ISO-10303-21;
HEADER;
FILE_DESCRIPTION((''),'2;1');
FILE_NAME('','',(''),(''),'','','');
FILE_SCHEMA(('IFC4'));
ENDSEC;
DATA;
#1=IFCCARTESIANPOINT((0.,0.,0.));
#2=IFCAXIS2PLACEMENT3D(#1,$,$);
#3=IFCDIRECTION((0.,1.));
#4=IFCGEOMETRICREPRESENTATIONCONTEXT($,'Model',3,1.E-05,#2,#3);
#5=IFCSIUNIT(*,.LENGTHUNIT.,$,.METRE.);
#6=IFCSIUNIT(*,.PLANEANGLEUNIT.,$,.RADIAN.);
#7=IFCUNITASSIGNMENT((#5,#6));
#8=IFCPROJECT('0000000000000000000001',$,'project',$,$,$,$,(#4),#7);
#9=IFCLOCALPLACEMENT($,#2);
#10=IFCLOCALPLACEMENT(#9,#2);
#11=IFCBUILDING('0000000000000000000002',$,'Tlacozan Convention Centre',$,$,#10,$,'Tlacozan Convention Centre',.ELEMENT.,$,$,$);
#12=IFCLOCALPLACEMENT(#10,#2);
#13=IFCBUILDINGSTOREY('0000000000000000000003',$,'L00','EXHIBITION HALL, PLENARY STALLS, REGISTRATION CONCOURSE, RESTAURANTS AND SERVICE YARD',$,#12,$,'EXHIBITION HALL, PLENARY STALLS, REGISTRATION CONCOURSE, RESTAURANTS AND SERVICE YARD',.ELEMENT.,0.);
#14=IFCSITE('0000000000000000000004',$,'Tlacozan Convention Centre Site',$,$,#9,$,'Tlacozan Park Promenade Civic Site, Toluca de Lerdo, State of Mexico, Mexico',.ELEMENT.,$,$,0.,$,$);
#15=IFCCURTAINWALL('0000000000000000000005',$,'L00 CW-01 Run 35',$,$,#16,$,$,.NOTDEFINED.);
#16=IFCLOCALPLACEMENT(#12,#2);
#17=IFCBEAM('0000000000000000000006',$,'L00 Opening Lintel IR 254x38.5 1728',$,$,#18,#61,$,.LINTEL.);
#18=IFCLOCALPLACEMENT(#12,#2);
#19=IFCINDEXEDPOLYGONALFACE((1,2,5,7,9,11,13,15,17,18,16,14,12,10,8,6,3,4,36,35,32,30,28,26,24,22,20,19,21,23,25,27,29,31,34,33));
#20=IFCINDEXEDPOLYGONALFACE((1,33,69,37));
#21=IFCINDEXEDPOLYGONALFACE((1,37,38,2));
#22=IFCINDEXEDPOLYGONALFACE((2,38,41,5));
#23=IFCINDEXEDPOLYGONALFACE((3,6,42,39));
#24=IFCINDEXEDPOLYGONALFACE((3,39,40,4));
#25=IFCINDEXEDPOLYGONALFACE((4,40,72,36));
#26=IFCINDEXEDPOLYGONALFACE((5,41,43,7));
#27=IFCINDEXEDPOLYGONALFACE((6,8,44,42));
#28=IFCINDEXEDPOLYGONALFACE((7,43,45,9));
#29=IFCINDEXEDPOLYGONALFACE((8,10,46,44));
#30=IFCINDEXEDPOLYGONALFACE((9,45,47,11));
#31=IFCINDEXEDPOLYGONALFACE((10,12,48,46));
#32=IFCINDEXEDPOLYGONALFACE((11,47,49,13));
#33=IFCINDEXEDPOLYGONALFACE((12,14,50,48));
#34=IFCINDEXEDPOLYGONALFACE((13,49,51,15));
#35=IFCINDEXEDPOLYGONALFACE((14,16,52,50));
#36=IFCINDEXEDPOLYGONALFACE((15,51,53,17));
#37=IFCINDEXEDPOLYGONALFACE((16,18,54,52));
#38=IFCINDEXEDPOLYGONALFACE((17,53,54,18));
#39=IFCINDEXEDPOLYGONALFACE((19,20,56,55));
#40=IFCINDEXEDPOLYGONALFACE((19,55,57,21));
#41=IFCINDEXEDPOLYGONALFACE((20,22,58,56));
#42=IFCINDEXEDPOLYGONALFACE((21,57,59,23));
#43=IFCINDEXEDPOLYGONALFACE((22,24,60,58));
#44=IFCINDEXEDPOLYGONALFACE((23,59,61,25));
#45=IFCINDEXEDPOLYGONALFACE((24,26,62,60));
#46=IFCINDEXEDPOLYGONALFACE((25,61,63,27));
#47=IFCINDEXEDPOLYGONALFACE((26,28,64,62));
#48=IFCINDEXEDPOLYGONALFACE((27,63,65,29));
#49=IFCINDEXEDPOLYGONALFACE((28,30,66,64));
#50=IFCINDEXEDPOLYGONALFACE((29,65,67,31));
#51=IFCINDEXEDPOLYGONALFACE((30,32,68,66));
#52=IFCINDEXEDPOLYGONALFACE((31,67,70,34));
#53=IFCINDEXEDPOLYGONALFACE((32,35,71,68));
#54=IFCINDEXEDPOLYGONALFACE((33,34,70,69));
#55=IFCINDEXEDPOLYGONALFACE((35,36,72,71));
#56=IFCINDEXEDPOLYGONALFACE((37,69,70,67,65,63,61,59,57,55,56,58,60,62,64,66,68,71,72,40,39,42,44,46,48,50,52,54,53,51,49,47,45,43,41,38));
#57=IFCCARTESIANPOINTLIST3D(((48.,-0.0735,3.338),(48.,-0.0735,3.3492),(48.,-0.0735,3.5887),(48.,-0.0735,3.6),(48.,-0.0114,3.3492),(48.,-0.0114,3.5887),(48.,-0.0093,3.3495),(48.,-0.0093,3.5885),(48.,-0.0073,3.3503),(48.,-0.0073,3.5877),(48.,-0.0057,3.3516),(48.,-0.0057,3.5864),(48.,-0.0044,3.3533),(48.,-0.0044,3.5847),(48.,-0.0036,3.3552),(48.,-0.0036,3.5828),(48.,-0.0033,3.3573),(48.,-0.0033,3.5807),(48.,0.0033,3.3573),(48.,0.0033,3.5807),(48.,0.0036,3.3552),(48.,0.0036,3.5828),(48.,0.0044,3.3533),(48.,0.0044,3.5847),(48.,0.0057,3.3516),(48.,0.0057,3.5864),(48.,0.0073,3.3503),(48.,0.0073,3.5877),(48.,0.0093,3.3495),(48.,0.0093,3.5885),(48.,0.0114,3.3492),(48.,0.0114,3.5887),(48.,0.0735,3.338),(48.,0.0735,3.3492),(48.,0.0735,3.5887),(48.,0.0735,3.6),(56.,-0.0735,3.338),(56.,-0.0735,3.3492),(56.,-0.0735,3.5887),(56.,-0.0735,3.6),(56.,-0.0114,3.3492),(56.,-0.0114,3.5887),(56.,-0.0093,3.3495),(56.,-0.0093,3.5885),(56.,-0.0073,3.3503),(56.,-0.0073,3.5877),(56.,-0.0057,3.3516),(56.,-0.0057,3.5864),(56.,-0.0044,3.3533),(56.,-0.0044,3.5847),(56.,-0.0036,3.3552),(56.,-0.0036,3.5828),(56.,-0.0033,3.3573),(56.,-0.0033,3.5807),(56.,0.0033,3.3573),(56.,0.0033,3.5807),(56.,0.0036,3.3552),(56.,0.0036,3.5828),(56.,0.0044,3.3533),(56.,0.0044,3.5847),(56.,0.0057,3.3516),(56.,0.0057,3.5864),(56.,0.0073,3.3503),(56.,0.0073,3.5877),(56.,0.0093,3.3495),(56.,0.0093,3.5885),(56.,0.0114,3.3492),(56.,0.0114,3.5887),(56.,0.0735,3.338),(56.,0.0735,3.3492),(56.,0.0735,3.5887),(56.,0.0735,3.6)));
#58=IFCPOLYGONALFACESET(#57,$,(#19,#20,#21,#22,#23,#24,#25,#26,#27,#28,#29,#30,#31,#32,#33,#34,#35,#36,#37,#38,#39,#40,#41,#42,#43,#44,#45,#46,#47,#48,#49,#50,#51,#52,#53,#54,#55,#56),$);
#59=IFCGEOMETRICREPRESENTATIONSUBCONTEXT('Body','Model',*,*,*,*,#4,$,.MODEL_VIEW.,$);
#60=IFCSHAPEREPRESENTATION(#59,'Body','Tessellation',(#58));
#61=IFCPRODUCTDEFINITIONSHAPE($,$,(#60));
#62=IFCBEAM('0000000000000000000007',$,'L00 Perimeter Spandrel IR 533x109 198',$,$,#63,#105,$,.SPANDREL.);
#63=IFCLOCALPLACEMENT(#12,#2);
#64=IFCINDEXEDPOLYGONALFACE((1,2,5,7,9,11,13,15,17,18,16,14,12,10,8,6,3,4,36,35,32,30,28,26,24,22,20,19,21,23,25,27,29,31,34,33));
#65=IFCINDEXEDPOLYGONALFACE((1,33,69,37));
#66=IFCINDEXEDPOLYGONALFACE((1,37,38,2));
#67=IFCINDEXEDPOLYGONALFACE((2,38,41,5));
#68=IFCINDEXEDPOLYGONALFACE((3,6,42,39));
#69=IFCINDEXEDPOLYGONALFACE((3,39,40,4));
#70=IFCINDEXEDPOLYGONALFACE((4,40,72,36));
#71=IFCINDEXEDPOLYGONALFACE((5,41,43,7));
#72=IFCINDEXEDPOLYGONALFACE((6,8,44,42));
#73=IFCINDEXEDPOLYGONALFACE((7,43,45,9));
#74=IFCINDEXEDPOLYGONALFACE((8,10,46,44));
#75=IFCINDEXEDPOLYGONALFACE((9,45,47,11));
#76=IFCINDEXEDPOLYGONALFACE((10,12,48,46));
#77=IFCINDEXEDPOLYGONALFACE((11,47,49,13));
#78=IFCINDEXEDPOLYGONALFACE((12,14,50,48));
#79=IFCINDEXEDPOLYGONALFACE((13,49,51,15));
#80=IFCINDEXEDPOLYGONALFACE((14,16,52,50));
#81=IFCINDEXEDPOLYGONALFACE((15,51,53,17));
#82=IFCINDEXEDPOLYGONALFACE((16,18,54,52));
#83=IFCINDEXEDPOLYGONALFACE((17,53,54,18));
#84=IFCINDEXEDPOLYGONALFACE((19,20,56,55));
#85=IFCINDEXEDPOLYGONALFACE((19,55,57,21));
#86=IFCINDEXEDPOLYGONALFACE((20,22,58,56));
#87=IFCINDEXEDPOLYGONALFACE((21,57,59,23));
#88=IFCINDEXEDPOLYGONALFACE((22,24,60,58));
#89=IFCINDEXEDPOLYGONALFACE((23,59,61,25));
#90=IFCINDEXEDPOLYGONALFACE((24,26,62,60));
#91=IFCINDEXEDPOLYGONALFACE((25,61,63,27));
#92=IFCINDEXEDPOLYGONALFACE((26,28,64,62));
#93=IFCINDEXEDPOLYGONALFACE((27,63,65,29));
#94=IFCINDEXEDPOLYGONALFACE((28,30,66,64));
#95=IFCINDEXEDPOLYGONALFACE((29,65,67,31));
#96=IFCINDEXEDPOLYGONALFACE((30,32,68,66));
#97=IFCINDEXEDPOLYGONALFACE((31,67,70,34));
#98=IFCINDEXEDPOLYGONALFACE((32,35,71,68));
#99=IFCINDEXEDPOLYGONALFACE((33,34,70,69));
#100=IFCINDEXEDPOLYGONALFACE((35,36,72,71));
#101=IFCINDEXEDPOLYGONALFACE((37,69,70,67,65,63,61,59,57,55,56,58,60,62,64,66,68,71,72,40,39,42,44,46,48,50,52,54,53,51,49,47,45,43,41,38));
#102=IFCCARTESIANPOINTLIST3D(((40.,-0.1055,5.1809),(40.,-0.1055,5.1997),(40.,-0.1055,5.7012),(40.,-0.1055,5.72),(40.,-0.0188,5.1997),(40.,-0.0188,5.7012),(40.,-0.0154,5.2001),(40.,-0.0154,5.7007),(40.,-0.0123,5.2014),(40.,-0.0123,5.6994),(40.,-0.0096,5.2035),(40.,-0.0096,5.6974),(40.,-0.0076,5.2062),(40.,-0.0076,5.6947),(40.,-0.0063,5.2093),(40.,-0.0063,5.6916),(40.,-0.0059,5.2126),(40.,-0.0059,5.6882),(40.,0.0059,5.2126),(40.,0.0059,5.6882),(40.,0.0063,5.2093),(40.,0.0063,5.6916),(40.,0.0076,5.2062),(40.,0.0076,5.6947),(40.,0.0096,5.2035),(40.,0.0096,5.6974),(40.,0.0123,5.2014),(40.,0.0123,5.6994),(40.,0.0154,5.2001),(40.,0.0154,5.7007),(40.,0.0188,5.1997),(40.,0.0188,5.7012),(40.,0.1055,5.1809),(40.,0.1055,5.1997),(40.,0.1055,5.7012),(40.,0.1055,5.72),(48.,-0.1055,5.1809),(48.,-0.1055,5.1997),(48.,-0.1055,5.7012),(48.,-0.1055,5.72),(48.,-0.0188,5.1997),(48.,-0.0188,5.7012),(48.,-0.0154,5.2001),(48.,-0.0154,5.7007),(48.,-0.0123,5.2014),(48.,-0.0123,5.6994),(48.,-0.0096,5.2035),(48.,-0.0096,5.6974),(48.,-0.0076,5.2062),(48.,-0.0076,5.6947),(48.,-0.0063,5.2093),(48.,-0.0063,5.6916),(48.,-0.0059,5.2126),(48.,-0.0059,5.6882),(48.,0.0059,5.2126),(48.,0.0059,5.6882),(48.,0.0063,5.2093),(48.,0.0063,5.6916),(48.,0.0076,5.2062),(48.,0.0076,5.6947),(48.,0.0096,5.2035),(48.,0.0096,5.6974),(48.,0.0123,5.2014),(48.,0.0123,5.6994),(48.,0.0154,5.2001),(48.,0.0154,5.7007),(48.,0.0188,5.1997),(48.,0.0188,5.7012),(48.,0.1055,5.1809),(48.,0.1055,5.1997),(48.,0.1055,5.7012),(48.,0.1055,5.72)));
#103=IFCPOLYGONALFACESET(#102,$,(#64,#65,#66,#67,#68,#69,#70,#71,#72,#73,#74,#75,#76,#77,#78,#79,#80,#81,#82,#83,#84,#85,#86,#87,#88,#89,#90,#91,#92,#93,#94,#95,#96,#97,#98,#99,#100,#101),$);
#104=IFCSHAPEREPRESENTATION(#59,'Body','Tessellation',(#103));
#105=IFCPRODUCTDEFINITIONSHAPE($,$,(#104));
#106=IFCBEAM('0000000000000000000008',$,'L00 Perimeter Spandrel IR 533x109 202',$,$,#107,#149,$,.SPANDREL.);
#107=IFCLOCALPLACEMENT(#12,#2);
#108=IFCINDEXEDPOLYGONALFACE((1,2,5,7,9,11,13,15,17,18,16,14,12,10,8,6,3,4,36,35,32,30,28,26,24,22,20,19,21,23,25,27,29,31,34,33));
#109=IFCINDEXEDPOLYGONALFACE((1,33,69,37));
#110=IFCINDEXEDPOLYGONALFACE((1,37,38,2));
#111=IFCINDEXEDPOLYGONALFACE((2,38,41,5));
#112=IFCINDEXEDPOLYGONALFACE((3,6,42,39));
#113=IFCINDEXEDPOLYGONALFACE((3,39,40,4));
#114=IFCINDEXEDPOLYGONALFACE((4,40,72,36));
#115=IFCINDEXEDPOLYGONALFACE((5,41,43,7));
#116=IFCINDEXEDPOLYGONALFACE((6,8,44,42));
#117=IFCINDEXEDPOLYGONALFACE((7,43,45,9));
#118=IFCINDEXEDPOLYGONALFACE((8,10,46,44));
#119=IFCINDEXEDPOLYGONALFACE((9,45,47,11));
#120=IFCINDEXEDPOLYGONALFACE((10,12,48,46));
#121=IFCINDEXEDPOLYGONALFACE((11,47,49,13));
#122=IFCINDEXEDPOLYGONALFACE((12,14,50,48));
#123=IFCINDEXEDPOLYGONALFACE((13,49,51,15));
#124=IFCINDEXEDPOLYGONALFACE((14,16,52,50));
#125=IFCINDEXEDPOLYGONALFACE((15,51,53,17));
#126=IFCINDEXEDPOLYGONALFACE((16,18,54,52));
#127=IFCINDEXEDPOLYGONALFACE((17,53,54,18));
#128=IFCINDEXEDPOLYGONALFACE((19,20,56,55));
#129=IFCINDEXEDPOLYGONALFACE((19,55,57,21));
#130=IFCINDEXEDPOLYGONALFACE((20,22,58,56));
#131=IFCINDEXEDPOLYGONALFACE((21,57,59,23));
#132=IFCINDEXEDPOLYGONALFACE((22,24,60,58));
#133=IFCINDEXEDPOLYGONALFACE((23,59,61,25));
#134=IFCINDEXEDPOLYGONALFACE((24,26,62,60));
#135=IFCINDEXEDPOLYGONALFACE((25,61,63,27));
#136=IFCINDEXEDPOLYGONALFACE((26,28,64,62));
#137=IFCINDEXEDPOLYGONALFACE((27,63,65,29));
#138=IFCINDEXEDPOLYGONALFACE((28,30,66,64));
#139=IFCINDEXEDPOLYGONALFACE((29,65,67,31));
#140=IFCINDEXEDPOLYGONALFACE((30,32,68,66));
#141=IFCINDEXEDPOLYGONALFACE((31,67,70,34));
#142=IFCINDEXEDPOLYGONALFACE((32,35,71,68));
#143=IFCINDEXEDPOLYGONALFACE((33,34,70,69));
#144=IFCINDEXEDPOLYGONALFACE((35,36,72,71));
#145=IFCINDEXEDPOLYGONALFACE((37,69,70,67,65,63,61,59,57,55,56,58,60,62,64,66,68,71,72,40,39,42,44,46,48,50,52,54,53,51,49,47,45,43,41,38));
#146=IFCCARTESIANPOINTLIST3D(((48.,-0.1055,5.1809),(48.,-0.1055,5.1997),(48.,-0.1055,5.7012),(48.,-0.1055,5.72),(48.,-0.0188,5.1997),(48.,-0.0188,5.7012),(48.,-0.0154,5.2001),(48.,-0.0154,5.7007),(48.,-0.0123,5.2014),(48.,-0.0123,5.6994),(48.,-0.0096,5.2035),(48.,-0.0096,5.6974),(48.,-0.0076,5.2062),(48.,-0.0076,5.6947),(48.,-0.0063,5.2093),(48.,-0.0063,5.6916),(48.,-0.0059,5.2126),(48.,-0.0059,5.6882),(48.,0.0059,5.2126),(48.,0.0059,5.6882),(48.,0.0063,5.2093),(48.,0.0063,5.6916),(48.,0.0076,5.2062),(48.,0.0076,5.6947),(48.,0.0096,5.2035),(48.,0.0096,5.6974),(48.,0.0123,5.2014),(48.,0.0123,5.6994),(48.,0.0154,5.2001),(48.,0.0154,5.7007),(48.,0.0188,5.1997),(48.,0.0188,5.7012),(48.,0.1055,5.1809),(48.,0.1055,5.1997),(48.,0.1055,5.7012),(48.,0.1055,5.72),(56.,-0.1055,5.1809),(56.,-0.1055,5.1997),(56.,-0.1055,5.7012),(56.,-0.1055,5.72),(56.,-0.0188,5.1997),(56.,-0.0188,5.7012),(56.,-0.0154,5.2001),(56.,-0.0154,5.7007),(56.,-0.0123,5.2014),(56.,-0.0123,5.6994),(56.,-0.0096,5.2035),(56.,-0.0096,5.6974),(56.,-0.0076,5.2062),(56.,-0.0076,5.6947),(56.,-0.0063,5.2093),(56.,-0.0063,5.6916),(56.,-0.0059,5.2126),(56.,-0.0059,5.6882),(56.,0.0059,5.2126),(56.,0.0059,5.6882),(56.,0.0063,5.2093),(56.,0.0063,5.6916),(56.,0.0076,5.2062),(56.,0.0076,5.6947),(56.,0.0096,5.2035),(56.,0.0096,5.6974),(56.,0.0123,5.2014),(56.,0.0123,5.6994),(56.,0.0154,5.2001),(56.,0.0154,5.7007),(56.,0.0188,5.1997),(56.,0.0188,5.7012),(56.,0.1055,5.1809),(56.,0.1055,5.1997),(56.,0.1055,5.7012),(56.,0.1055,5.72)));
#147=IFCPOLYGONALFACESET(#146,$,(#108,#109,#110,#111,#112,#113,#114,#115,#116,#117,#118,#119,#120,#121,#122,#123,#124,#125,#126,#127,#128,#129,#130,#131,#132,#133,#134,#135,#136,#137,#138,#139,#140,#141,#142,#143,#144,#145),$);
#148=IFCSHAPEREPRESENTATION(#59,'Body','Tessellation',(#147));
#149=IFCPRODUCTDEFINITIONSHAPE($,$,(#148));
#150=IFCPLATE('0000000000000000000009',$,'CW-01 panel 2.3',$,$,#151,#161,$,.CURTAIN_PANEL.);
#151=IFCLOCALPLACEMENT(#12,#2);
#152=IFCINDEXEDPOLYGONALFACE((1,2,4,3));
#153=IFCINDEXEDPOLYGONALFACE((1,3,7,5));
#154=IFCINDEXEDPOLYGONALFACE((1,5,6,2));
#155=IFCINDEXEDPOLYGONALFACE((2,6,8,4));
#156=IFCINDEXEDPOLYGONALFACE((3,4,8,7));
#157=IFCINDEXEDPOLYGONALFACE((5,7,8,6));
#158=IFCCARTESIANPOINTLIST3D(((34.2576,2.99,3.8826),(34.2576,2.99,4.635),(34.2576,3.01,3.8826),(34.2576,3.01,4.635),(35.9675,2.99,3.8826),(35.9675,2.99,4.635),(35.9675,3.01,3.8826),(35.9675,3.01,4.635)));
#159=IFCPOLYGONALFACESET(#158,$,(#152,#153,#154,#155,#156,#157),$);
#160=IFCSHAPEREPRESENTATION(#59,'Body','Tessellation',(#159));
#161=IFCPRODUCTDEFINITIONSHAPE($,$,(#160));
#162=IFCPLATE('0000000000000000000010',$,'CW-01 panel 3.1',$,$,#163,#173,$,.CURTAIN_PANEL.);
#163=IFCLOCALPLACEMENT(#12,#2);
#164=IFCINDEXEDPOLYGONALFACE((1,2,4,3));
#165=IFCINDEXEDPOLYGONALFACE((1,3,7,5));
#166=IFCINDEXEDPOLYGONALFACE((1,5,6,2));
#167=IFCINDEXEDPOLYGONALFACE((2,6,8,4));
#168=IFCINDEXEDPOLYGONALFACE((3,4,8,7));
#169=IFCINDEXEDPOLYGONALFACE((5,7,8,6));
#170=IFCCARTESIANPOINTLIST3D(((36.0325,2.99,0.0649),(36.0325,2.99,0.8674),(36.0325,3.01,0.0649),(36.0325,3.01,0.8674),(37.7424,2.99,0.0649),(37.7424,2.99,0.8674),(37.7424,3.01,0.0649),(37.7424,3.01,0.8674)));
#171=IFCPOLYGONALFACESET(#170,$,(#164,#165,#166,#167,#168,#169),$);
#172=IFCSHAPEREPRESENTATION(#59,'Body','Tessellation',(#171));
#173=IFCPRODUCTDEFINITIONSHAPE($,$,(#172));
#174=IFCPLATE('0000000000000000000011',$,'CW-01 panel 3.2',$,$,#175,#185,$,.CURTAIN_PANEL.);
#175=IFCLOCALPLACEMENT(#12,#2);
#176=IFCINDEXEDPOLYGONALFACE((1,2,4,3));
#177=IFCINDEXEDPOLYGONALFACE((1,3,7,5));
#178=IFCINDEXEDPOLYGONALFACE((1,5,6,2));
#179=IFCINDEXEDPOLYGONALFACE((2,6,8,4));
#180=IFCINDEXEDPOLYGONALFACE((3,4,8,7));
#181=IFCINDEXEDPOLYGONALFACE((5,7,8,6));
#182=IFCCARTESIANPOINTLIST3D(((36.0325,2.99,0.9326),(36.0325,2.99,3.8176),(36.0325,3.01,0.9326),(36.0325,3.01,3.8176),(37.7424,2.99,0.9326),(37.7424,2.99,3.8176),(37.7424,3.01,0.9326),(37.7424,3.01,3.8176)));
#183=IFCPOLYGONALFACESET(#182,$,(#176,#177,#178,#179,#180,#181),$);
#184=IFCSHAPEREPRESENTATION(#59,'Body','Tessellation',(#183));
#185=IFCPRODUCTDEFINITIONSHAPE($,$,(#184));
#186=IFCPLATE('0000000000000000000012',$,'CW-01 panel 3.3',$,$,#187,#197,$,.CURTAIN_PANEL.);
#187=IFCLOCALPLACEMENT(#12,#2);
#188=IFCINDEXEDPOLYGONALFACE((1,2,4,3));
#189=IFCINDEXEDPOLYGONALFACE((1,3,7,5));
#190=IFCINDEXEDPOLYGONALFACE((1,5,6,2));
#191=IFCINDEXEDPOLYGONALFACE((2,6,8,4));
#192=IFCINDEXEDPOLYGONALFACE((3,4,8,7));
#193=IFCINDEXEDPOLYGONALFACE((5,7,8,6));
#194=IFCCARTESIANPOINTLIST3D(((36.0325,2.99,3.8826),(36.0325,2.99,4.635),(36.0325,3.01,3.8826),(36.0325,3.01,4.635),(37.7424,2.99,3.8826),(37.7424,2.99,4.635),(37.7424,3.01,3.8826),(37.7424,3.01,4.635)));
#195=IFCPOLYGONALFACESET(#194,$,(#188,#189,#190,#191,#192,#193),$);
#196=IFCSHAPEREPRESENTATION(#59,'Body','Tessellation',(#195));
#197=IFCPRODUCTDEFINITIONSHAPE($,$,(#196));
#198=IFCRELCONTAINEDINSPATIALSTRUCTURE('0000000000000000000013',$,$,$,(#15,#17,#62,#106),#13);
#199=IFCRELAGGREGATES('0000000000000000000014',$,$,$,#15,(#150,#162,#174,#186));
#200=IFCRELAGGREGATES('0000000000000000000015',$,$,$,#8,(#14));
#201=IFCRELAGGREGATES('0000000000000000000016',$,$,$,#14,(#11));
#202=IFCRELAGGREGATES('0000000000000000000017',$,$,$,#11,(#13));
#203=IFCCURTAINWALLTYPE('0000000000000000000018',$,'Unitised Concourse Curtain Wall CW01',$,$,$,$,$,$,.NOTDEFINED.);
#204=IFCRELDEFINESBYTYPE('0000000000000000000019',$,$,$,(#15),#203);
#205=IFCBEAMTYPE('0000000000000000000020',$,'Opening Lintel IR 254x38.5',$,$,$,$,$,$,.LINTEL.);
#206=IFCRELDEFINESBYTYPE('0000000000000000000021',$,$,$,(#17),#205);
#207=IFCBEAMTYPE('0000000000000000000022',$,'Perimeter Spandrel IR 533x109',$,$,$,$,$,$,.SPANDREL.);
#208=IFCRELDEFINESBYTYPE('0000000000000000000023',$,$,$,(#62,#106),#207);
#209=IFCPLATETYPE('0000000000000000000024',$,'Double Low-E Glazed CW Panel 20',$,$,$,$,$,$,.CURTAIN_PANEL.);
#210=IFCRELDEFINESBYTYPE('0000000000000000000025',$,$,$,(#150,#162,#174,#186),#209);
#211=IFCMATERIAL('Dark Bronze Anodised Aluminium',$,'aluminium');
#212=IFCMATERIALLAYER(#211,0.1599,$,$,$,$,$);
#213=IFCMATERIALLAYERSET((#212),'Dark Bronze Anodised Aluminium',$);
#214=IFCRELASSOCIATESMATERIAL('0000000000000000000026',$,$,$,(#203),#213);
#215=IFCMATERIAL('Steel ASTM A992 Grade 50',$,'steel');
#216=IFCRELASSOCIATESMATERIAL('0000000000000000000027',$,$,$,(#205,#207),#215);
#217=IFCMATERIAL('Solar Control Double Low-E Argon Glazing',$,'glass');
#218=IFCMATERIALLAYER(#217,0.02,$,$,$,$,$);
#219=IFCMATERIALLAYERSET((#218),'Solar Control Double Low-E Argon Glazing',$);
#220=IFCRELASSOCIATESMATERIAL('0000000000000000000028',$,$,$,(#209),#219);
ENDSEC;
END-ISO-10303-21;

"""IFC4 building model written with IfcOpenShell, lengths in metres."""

from ifc_helpers import new_model, si_unit, direction, frame, origin, origin_2d, place, context, subcontext, project, spatial, rectangle, i_section, extrude, material, layer, layer_set, material_profile, profile_set, type_object, element, aggregate, save


model = new_model("IFC4")

# Units and contexts
model_context = context("Model", 3, precision=1e-05, world=origin(), true_north=direction((0.0, 1.0)))
body_context = subcontext(model_context, "Body", "Model", "MODEL_VIEW")
ifc_project = project(units=[si_unit("LENGTHUNIT", "METRE"), si_unit("PLANEANGLEUNIT", "RADIAN")], contexts=[model_context])

# Site, building, storey
site_placement = place(None, origin())
site = spatial("IfcSite", under=ifc_project, at=site_placement, Name="Tlacozan Convention Centre Site", LongName="Tlacozan Park Promenade Civic Site, Toluca de Lerdo, State of Mexico, Mexico", CompositionType="ELEMENT", RefElevation=0.0)
building_placement = place(site_placement, origin())
building = spatial("IfcBuilding", under=site, at=building_placement, Name="Tlacozan Convention Centre", LongName="Tlacozan Convention Centre", CompositionType="ELEMENT")
storey_placement = place(building_placement, origin())
storey = spatial("IfcBuildingStorey", under=building, at=storey_placement, Name="L00", Description="EXHIBITION HALL, PLENARY STALLS, REGISTRATION CONCOURSE, RESTAURANTS AND SERVICE YARD", LongName="EXHIBITION HALL, PLENARY STALLS, REGISTRATION CONCOURSE, RESTAURANTS AND SERVICE YARD", CompositionType="ELEMENT", Elevation=0.0)

# Curtain wall
ifc_material_1 = material(Name="Dark Bronze Anodised Aluminium", Category="aluminium")
ifc_layer_1 = layer(ifc_material_1, 0.1599)
ifc_layer_set_1 = layer_set([ifc_layer_1], Name="Dark Bronze Anodised Aluminium")
curtain_wall_type = type_object("IfcCurtainWallType", Name="Unitised Concourse Curtain Wall CW01", PredefinedType="NOTDEFINED", material=ifc_layer_set_1)
curtain_wall_placement = place(storey_placement, origin())
curtain_wall = element("IfcCurtainWall", 1, at=curtain_wall_placement, inside=storey, type_object=curtain_wall_type, Name="L00 CW-01 Run 35", PredefinedType="NOTDEFINED")

# Beams
ifc_material_2 = material(Name="Steel ASTM A992 Grade 50", Category="steel")
ifc_material_profile_1 = material_profile(ifc_material_2, i_section(OverallWidth=0.147, OverallDepth=0.262, WebThickness=0.0066, FlangeThickness=0.0112, FilletRadius=0.0081, at=origin_2d()), Name="IR 254x38.5")
ifc_profile_set_1 = profile_set([ifc_material_profile_1], Name="Steel ASTM A992 Grade 50")
beam_type_1 = type_object("IfcBeamType", Name="Opening Lintel IR 254x38.5", PredefinedType="LINTEL", material=ifc_profile_set_1)
beam_1_placement = place(storey_placement, frame((48.0, 0.0, 3.469), z_axis=(1.0, 0.0, 0.0), x_axis=(0.0, 1.0, 0.0)))
element("IfcBeam", 2, at=beam_1_placement, inside=storey, type_object=beam_type_1, Name="L00 Opening Lintel IR 254x38.5 1728", PredefinedType="LINTEL", context=body_context, shape_type="SweptSolid", body=[
    extrude(i_section(OverallWidth=0.147, OverallDepth=0.262, WebThickness=0.0066, FlangeThickness=0.0112, FilletRadius=0.0081, at=origin_2d()), origin(), (0.0, 0.0, 1.0), 8.0),
])
ifc_material_profile_2 = material_profile(ifc_material_2, i_section(OverallWidth=0.2109, OverallDepth=0.5391, WebThickness=0.0117, FlangeThickness=0.0188, FilletRadius=0.0129, at=origin_2d()), Name="IR 533x109.0")
ifc_profile_set_2 = profile_set([ifc_material_profile_2], Name="Steel ASTM A992 Grade 50")
beam_type_2 = type_object("IfcBeamType", Name="Perimeter Spandrel IR 533x109", PredefinedType="SPANDREL", material=ifc_profile_set_2)
for number, where, z_axis, x_axis, name in (
    (3, (40.0, 0.0, 5.4504), (1.0, 0.0, 0.0), (0.0, 1.0, 0.0), "L00 Perimeter Spandrel IR 533x109 198"),
    (4, (48.0, 0.0, 5.4504), (1.0, 0.0, 0.0), (0.0, 1.0, 0.0), "L00 Perimeter Spandrel IR 533x109 202"),
):
    element("IfcBeam", number, at=place(storey_placement, frame(where, z_axis=z_axis, x_axis=x_axis)), inside=storey, type_object=beam_type_2, Name=name, PredefinedType="SPANDREL", context=body_context, shape_type="SweptSolid", body=[
        extrude(i_section(OverallWidth=0.2109, OverallDepth=0.5391, WebThickness=0.0117, FlangeThickness=0.0188, FilletRadius=0.0129, at=origin_2d()), origin(), (0.0, 0.0, 1.0), 8.0),
    ])

# Plates
ifc_material_3 = material(Name="Solar Control Double Low-E Argon Glazing", Category="glass")
ifc_layer_2 = layer(ifc_material_3, 0.02)
ifc_layer_set_2 = layer_set([ifc_layer_2], Name="Solar Control Double Low-E Argon Glazing")
plate_type = type_object("IfcPlateType", Name="Double Low-E Glazed CW Panel 20", PredefinedType="CURTAIN_PANEL", material=ifc_layer_set_2)
plate_1_placement = place(storey_placement, frame((35.1125, 3.0, 3.8826), z_axis=(0.0, 0.0, 1.0), x_axis=(1.0, 0.0, 0.0)))
plate_1 = element("IfcPlate", 5, at=plate_1_placement, type_object=plate_type, Name="CW-01 panel 2.3", PredefinedType="CURTAIN_PANEL", context=body_context, shape_type="SweptSolid", body=[
    extrude(rectangle(XDim=1.71, YDim=0.02, at=origin_2d()), origin(), (0.0, 0.0, 1.0), 0.7524),
])
plate_2_placement = place(storey_placement, frame((36.8875, 3.0, 0.0649), z_axis=(0.0, 0.0, 1.0), x_axis=(1.0, 0.0, 0.0)))
plate_2 = element("IfcPlate", 6, at=plate_2_placement, type_object=plate_type, Name="CW-01 panel 3.1", PredefinedType="CURTAIN_PANEL", context=body_context, shape_type="SweptSolid", body=[
    extrude(rectangle(XDim=1.71, YDim=0.02, at=origin_2d()), origin(), (0.0, 0.0, 1.0), 0.8025),
])
plate_3_placement = place(storey_placement, frame((36.8875, 3.0, 0.9326), z_axis=(0.0, 0.0, 1.0), x_axis=(1.0, 0.0, 0.0)))
plate_3 = element("IfcPlate", 7, at=plate_3_placement, type_object=plate_type, Name="CW-01 panel 3.2", PredefinedType="CURTAIN_PANEL", context=body_context, shape_type="SweptSolid", body=[
    extrude(rectangle(XDim=1.71, YDim=0.02, at=origin_2d()), origin(), (0.0, 0.0, 1.0), 2.885),
])
plate_4_placement = place(storey_placement, frame((36.8875, 3.0, 3.8826), z_axis=(0.0, 0.0, 1.0), x_axis=(1.0, 0.0, 0.0)))
plate_4 = element("IfcPlate", 8, at=plate_4_placement, type_object=plate_type, Name="CW-01 panel 3.3", PredefinedType="CURTAIN_PANEL", context=body_context, shape_type="SweptSolid", body=[
    extrude(rectangle(XDim=1.71, YDim=0.02, at=origin_2d()), origin(), (0.0, 0.0, 1.0), 0.7524),
])
aggregate(curtain_wall, [plate_1, plate_2, plate_3, plate_4])

save(model, "model.ifc")
